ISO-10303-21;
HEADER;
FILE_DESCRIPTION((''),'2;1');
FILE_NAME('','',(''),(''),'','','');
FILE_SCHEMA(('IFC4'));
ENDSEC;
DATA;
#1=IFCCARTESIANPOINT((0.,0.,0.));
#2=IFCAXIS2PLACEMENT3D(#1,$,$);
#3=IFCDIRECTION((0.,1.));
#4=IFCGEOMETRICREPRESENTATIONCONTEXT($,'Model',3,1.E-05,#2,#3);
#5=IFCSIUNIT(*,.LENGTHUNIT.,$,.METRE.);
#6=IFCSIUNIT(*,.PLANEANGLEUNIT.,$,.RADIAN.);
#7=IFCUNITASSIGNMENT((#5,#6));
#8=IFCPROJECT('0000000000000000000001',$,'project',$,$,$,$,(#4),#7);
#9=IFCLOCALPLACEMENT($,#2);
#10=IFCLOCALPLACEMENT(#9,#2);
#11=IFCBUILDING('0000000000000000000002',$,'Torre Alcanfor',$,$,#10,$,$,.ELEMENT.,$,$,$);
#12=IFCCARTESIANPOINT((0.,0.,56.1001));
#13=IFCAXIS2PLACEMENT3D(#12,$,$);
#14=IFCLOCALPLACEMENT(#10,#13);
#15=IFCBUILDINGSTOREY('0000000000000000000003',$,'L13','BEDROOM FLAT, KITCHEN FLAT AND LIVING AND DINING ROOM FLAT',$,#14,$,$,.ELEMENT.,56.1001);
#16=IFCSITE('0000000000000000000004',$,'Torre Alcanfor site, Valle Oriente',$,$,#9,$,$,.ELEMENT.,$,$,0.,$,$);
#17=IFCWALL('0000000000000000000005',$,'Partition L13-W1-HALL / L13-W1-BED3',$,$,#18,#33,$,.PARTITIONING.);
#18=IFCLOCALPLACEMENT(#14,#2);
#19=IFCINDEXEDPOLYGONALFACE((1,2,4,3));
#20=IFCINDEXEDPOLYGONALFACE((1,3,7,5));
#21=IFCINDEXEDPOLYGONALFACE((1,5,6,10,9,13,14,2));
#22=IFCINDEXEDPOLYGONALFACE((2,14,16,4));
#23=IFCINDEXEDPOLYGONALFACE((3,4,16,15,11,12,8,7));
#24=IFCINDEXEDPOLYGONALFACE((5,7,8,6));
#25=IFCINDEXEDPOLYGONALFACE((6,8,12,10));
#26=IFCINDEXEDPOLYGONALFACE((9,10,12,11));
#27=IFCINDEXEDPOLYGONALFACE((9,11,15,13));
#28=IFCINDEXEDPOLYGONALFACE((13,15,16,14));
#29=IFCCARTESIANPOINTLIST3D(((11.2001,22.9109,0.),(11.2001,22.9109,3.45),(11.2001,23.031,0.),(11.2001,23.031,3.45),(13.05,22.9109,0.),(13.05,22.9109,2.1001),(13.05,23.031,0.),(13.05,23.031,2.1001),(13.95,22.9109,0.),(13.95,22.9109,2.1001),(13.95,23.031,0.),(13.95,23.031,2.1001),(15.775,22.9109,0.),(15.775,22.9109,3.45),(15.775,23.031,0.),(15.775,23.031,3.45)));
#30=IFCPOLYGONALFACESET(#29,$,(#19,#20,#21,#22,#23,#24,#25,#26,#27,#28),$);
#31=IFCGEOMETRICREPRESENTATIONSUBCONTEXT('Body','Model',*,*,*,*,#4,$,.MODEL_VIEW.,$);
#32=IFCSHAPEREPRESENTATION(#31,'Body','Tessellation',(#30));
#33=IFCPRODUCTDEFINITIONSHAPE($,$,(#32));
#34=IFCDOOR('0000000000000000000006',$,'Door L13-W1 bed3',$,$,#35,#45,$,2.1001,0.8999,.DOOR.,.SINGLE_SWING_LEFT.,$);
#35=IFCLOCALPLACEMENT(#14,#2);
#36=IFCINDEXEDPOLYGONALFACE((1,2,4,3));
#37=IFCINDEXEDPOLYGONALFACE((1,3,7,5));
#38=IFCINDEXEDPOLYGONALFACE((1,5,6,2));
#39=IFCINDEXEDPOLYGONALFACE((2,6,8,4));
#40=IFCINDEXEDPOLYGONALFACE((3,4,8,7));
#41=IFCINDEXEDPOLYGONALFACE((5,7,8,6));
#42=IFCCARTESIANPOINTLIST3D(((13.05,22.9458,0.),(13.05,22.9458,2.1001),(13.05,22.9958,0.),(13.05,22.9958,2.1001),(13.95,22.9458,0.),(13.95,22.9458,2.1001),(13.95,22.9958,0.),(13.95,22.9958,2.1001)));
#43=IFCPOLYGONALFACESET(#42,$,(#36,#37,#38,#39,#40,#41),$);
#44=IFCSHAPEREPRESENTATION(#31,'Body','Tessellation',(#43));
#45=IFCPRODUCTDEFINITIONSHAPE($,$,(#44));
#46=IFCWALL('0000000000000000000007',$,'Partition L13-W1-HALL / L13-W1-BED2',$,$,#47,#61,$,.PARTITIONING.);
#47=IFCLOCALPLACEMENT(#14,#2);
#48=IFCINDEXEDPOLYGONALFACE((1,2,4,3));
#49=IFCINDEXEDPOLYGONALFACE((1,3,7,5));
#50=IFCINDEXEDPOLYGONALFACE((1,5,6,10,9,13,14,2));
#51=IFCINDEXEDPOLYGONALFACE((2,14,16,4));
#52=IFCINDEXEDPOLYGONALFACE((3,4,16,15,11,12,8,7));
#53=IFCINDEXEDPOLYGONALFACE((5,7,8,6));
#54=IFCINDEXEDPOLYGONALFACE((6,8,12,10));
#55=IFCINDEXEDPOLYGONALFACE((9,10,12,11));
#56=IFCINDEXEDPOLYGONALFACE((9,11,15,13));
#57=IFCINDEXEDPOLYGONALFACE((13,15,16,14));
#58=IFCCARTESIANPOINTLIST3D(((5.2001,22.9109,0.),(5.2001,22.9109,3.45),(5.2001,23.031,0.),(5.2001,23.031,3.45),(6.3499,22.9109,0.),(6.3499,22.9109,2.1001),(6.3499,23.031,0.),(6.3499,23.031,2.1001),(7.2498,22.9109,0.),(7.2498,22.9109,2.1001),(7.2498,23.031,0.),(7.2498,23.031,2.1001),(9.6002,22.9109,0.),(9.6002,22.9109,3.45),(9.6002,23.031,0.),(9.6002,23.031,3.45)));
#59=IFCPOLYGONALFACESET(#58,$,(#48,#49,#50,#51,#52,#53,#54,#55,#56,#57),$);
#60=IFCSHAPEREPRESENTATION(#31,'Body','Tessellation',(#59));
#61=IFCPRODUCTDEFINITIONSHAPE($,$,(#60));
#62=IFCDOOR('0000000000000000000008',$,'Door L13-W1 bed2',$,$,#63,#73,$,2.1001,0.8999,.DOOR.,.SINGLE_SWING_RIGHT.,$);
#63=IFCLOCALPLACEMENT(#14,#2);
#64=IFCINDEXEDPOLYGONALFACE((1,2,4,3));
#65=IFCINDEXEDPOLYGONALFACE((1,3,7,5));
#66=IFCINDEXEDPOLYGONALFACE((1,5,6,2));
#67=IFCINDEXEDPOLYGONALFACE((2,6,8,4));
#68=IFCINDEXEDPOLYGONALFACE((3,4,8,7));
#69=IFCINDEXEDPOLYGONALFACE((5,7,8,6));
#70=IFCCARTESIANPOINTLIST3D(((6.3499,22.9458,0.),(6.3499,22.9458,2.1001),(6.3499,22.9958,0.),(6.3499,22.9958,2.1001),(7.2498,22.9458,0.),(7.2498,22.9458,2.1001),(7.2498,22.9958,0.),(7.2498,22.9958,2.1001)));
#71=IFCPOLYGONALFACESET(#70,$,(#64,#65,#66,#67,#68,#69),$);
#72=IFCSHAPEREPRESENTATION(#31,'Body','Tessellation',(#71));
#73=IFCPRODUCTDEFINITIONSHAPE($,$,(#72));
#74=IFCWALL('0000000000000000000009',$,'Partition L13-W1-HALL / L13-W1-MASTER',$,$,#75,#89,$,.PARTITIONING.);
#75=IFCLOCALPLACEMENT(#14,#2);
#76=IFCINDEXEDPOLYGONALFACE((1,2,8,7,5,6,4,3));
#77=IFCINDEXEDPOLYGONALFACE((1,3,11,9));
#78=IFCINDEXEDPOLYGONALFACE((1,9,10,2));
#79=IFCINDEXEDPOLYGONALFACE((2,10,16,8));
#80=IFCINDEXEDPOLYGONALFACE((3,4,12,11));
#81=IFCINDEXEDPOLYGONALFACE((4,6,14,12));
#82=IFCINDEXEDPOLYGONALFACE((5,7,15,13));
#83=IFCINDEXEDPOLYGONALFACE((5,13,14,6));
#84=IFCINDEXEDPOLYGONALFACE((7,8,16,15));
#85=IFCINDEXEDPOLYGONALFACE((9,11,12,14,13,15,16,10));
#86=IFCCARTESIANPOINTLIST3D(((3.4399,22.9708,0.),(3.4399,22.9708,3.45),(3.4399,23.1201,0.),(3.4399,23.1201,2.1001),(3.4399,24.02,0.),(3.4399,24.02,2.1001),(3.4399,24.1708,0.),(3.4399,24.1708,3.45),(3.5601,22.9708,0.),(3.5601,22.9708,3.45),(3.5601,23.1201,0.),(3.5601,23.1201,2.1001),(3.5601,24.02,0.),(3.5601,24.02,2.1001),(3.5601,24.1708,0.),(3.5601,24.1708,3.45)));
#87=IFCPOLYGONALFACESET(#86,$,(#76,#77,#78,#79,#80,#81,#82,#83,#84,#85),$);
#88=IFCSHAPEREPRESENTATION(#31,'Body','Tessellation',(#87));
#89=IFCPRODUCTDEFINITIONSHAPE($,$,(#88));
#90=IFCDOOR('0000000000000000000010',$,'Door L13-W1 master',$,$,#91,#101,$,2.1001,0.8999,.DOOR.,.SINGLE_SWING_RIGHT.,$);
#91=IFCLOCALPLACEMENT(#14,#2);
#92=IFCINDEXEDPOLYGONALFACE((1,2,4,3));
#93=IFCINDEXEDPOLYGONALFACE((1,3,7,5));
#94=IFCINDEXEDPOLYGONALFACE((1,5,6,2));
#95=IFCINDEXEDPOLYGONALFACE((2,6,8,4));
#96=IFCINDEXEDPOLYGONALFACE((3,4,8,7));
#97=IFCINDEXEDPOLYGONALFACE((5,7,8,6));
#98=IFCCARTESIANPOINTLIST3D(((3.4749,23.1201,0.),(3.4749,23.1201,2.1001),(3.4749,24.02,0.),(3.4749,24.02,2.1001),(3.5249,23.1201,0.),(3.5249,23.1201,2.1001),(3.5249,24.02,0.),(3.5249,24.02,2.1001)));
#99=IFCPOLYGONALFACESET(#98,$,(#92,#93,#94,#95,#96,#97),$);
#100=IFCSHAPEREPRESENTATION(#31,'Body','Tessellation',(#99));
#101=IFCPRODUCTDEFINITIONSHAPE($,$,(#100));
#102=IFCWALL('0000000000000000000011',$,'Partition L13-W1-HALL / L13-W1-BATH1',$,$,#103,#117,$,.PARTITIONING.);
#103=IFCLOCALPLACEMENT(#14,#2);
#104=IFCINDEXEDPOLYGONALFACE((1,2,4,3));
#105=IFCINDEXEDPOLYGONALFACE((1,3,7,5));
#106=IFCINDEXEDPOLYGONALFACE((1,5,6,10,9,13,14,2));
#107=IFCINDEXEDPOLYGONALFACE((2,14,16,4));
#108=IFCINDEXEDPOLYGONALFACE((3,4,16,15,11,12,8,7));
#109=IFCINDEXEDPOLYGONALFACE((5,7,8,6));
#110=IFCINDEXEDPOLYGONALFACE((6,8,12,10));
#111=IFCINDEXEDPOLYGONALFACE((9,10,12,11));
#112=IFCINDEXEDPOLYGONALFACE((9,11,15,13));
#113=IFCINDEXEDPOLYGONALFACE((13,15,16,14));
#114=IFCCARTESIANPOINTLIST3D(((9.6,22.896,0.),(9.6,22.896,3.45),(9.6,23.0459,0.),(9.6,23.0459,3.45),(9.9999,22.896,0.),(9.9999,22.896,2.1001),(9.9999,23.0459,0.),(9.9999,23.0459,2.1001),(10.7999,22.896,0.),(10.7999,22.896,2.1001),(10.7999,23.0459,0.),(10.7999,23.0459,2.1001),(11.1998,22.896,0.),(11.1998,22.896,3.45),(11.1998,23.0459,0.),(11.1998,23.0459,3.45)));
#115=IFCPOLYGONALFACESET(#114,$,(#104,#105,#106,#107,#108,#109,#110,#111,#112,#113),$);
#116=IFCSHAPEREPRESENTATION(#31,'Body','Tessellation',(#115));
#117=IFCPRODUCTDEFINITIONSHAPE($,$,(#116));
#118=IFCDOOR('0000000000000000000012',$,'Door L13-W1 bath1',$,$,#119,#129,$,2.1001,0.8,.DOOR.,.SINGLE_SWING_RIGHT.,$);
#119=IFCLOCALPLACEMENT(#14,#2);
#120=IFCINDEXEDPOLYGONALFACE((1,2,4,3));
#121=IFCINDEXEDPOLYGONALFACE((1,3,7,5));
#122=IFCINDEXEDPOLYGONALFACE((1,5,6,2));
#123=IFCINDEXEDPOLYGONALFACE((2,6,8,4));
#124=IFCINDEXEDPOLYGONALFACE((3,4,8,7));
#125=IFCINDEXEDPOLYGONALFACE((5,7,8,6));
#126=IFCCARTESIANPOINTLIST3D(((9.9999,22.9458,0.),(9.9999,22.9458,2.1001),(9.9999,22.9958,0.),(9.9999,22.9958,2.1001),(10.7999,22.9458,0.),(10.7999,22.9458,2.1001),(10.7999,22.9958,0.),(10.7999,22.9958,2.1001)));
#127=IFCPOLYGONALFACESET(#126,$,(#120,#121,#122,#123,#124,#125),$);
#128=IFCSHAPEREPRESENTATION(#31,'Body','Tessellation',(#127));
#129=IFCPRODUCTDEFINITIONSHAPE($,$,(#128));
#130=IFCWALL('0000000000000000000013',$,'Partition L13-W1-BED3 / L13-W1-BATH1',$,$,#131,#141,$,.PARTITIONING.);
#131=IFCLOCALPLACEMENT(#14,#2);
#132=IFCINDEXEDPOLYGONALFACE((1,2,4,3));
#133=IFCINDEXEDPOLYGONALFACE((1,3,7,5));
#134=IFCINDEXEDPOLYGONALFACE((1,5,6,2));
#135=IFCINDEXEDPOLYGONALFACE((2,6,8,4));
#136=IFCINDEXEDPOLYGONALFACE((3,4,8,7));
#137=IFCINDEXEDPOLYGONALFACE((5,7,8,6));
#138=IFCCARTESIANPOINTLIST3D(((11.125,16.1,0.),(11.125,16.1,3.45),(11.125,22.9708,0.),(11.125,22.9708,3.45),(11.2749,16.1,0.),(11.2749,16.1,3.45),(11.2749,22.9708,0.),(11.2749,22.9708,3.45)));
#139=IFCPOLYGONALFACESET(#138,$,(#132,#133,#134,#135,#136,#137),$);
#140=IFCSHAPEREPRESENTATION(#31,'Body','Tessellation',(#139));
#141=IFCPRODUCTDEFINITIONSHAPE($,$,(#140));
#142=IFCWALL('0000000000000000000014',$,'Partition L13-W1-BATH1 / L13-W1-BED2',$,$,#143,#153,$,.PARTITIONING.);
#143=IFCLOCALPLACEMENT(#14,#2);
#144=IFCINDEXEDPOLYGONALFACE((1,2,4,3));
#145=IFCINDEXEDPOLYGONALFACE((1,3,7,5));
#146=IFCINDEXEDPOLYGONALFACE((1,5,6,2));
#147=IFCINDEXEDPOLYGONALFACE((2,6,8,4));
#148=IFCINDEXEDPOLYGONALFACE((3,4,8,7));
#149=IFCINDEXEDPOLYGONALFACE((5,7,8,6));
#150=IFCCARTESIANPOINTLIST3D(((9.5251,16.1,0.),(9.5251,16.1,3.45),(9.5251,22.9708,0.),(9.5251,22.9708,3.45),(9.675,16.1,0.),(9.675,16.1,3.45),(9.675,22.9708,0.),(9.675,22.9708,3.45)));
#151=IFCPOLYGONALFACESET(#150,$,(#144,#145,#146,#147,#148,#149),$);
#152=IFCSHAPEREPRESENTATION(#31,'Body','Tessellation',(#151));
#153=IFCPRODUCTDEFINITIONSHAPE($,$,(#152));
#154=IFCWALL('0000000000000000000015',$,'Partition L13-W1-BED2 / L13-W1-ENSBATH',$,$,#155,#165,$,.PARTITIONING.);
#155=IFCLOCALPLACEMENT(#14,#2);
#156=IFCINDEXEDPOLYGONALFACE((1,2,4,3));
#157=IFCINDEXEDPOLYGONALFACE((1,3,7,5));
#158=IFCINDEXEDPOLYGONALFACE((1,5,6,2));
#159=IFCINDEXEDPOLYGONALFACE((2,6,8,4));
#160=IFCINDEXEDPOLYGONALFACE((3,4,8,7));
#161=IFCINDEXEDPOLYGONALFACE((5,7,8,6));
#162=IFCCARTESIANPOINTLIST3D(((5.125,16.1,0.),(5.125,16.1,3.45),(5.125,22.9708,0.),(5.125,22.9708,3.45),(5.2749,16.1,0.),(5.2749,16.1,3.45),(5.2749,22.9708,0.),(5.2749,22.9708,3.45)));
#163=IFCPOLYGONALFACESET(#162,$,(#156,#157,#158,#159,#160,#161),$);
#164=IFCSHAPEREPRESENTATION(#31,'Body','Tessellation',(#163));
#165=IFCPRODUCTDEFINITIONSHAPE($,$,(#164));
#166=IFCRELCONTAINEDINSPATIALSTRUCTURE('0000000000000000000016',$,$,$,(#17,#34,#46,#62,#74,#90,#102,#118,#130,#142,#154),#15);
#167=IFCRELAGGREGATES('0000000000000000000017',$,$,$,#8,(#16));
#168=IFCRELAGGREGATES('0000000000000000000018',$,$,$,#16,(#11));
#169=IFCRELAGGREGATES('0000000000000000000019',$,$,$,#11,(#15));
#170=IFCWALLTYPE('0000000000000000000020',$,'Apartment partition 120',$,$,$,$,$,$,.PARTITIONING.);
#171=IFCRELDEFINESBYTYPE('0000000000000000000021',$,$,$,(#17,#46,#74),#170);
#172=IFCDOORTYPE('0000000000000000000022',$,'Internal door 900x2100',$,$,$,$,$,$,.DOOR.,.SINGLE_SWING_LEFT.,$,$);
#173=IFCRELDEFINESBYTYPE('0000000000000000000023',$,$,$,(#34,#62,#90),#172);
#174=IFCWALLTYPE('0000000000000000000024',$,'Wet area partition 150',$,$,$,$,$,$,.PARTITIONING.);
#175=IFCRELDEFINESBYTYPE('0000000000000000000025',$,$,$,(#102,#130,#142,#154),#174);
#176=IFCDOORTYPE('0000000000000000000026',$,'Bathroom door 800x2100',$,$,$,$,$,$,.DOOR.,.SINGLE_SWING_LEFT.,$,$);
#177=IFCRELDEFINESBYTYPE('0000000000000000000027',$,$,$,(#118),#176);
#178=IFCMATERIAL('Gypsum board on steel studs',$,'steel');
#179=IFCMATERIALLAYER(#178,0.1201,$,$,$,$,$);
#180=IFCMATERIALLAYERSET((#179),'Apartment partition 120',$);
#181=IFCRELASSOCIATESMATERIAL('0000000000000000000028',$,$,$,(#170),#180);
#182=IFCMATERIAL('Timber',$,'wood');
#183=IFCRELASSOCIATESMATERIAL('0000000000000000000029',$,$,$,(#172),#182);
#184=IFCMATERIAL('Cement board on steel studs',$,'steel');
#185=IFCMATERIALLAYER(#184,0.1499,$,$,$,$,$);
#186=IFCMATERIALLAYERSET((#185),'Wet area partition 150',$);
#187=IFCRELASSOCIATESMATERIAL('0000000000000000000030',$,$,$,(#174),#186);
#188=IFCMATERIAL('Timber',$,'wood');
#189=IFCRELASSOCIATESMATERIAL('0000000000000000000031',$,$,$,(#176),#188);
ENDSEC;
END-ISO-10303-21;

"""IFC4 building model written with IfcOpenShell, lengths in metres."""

from ifc_helpers import new_model, si_unit, direction, frame, frame_2d, origin, place, context, subcontext, project, spatial, rectangle, extrude, material, layer, layer_set, type_object, element, fill, save


model = new_model("IFC4")

# Units and contexts
model_context = context("Model", 3, precision=1e-05, world=origin(), true_north=direction((0.0, 1.0)))
body_context = subcontext(model_context, "Body", "Model", "MODEL_VIEW")
ifc_project = project(units=[si_unit("LENGTHUNIT", "METRE"), si_unit("PLANEANGLEUNIT", "RADIAN")], contexts=[model_context])

# Site, building, storey
site_placement = place(None, origin())
site = spatial("IfcSite", under=ifc_project, at=site_placement, Name="Torre Alcanfor site, Valle Oriente", CompositionType="ELEMENT", RefElevation=0.0)
building_placement = place(site_placement, origin())
building = spatial("IfcBuilding", under=site, at=building_placement, Name="Torre Alcanfor", CompositionType="ELEMENT")
storey_placement = place(building_placement, frame((0.0, 0.0, 56.1001)))
storey = spatial("IfcBuildingStorey", under=building, at=storey_placement, Name="L13", Description="BEDROOM FLAT, KITCHEN FLAT AND LIVING AND DINING ROOM FLAT", CompositionType="ELEMENT", Elevation=56.1001)

# Shared definitions
ifc_material_1 = material(Name="Gypsum board on steel studs", Category="steel")
ifc_layer_1 = layer(ifc_material_1, 0.1201)
ifc_layer_set_1 = layer_set([ifc_layer_1], Name="Apartment partition 120")
wall_type_1 = type_object("IfcWallType", Name="Apartment partition 120", PredefinedType="PARTITIONING", material=ifc_layer_set_1)

# Walls, openings, doors
wall_1_placement = place(storey_placement, frame((11.2, 22.9709, 0.0), z_axis=(0.0, 0.0, 1.0), x_axis=(1.0, 0.0, 0.0)))
wall_1 = element("IfcWall", 1, at=wall_1_placement, inside=storey, type_object=wall_type_1, Name="Partition L13-W1-HALL / L13-W1-BED3", PredefinedType="PARTITIONING", context=body_context, shape_type="SweptSolid", body=[
    extrude(rectangle(XDim=4.575, YDim=0.1201, at=frame_2d((2.2876, 0.0))), origin(), (0.0, 0.0, 1.0), 3.45),
])
opening_1_placement = place(wall_1_placement, frame((1.8501, 0.0, 0.0)))
opening_1 = element("IfcOpeningElement", 2, at=opening_1_placement, cuts=wall_1, PredefinedType="OPENING", context=body_context, shape_type="SweptSolid", body=[
    extrude(rectangle(XDim=0.8999, YDim=2.1001, at=frame_2d((0.45, 1.05))), frame((0.0, 0.0701, 0.0), z_axis=(0.0, -1.0, 0.0), x_axis=(1.0, 0.0, 0.0)), (0.0, 0.0, 1.0), 0.1401),
])
ifc_material_2 = material(Name="Timber", Category="wood")
door_type_1 = type_object("IfcDoorType", Name="Internal door 900x2100", OperationType="SINGLE_SWING_LEFT", PredefinedType="DOOR", material=ifc_material_2)
door_1_placement = place(opening_1_placement, frame((0.8999, 0.0, 0.0), z_axis=(0.0, 0.0, 1.0), x_axis=(-1.0, 0.0, 0.0)))
door_1 = element("IfcDoor", 3, at=door_1_placement, inside=storey, type_object=door_type_1, Name="Door L13-W1 bed3", OperationType="SINGLE_SWING_LEFT", OverallHeight=2.1001, OverallWidth=0.8999, PredefinedType="DOOR", context=body_context, shape_type="SweptSolid", body=[
    extrude(rectangle(XDim=0.8999, YDim=2.1001, at=frame_2d((0.45, 1.05))), frame((0.0, 0.0251, 0.0), z_axis=(0.0, -1.0, 0.0), x_axis=(1.0, 0.0, 0.0)), (0.0, 0.0, 1.0), 0.05),
])
fill(opening_1, door_1)
wall_2_placement = place(storey_placement, frame((5.2, 22.9709, 0.0), z_axis=(0.0, 0.0, 1.0), x_axis=(1.0, 0.0, 0.0)))
wall_2 = element("IfcWall", 4, at=wall_2_placement, inside=storey, type_object=wall_type_1, Name="Partition L13-W1-HALL / L13-W1-BED2", PredefinedType="PARTITIONING", context=body_context, shape_type="SweptSolid", body=[
    extrude(rectangle(XDim=4.4001, YDim=0.1201, at=frame_2d((2.2002, 0.0))), origin(), (0.0, 0.0, 1.0), 3.45),
])
opening_2_placement = place(wall_2_placement, frame((1.1499, 0.0, 0.0)))
opening_2 = element("IfcOpeningElement", 5, at=opening_2_placement, cuts=wall_2, PredefinedType="OPENING", context=body_context, shape_type="SweptSolid", body=[
    extrude(rectangle(XDim=0.8999, YDim=2.1001, at=frame_2d((0.45, 1.05))), frame((0.0, 0.0701, 0.0), z_axis=(0.0, -1.0, 0.0), x_axis=(1.0, 0.0, 0.0)), (0.0, 0.0, 1.0), 0.1401),
])
door_2_placement = place(opening_2_placement, frame((0.8999, 0.0, 0.0), z_axis=(0.0, 0.0, 1.0), x_axis=(-1.0, 0.0, 0.0)))
door_2 = element("IfcDoor", 6, at=door_2_placement, inside=storey, type_object=door_type_1, Name="Door L13-W1 bed2", OperationType="SINGLE_SWING_RIGHT", OverallHeight=2.1001, OverallWidth=0.8999, PredefinedType="DOOR", context=body_context, shape_type="SweptSolid", body=[
    extrude(rectangle(XDim=0.8999, YDim=2.1001, at=frame_2d((0.45, 1.05))), frame((0.0, 0.0251, 0.0), z_axis=(0.0, -1.0, 0.0), x_axis=(1.0, 0.0, 0.0)), (0.0, 0.0, 1.0), 0.05),
])
fill(opening_2, door_2)
wall_3_placement = place(storey_placement, frame((3.5, 24.1709, 0.0), z_axis=(0.0, 0.0, 1.0), x_axis=(0.0, -1.0, 0.0)))
wall_3 = element("IfcWall", 7, at=wall_3_placement, inside=storey, type_object=wall_type_1, Name="Partition L13-W1-HALL / L13-W1-MASTER", PredefinedType="PARTITIONING", context=body_context, shape_type="SweptSolid", body=[
    extrude(rectangle(XDim=1.2, YDim=0.1201, at=frame_2d((0.6001, 0.0))), origin(), (0.0, 0.0, 1.0), 3.45),
])
opening_3_placement = place(wall_3_placement, frame((0.1509, 0.0, 0.0)))
opening_3 = element("IfcOpeningElement", 8, at=opening_3_placement, cuts=wall_3, PredefinedType="OPENING", context=body_context, shape_type="SweptSolid", body=[
    extrude(rectangle(XDim=0.8999, YDim=2.1001, at=frame_2d((0.45, 1.05))), frame((0.0, 0.0701, 0.0), z_axis=(0.0, -1.0, 0.0), x_axis=(1.0, 0.0, 0.0)), (0.0, 0.0, 1.0), 0.1401),
])
door_3_placement = place(opening_3_placement, frame((0.8999, 0.0, 0.0), z_axis=(0.0, 0.0, 1.0), x_axis=(-1.0, 0.0, 0.0)))
door_3 = element("IfcDoor", 9, at=door_3_placement, inside=storey, type_object=door_type_1, Name="Door L13-W1 master", OperationType="SINGLE_SWING_RIGHT", OverallHeight=2.1001, OverallWidth=0.8999, PredefinedType="DOOR", context=body_context, shape_type="SweptSolid", body=[
    extrude(rectangle(XDim=0.8999, YDim=2.1001, at=frame_2d((0.45, 1.05))), frame((0.0, 0.0251, 0.0), z_axis=(0.0, -1.0, 0.0), x_axis=(1.0, 0.0, 0.0)), (0.0, 0.0, 1.0), 0.05),
])
fill(opening_3, door_3)
ifc_material_3 = material(Name="Cement board on steel studs", Category="steel")
ifc_layer_2 = layer(ifc_material_3, 0.1499)
ifc_layer_set_2 = layer_set([ifc_layer_2], Name="Wet area partition 150")
wall_type_2 = type_object("IfcWallType", Name="Wet area partition 150", PredefinedType="PARTITIONING", material=ifc_layer_set_2)
wall_4_placement = place(storey_placement, frame((9.6001, 22.9709, 0.0), z_axis=(0.0, 0.0, 1.0), x_axis=(1.0, 0.0, 0.0)))
wall_4 = element("IfcWall", 10, at=wall_4_placement, inside=storey, type_object=wall_type_2, Name="Partition L13-W1-HALL / L13-W1-BATH1", PredefinedType="PARTITIONING", context=body_context, shape_type="SweptSolid", body=[
    extrude(rectangle(XDim=1.5999, YDim=0.1499, at=frame_2d((0.7998, 0.0))), origin(), (0.0, 0.0, 1.0), 3.45),
])
opening_4_placement = place(wall_4_placement, frame((0.3999, 0.0, 0.0)))
opening_4 = element("IfcOpeningElement", 11, at=opening_4_placement, cuts=wall_4, PredefinedType="OPENING", context=body_context, shape_type="SweptSolid", body=[
    extrude(rectangle(XDim=0.8, YDim=2.1001, at=frame_2d((0.3999, 1.05))), frame((0.0, 0.085, 0.0), z_axis=(0.0, -1.0, 0.0), x_axis=(1.0, 0.0, 0.0)), (0.0, 0.0, 1.0), 0.1699),
])
ifc_material_4 = material(Name="Timber", Category="wood")
door_type_2 = type_object("IfcDoorType", Name="Bathroom door 800x2100", OperationType="SINGLE_SWING_LEFT", PredefinedType="DOOR", material=ifc_material_4)
door_4_placement = place(opening_4_placement, frame((0.8, 0.0, 0.0), z_axis=(0.0, 0.0, 1.0), x_axis=(-1.0, 0.0, 0.0)))
door_4 = element("IfcDoor", 12, at=door_4_placement, inside=storey, type_object=door_type_2, Name="Door L13-W1 bath1", OperationType="SINGLE_SWING_RIGHT", OverallHeight=2.1001, OverallWidth=0.8, PredefinedType="DOOR", context=body_context, shape_type="SweptSolid", body=[
    extrude(rectangle(XDim=0.8, YDim=2.1001, at=frame_2d((0.4001, 1.05))), frame((0.0, 0.0251, 0.0), z_axis=(0.0, -1.0, 0.0), x_axis=(1.0, 0.0, 0.0)), (0.0, 0.0, 1.0), 0.05),
])
fill(opening_4, door_4)

# Walls
for number, where, z_axis, x_axis, name in (
    (13, (11.2, 22.9709, 0.0), (0.0, 0.0, 1.0), (0.0, -1.0, 0.0), "Partition L13-W1-BED3 / L13-W1-BATH1"),
    (14, (9.6001, 22.9709, 0.0), (0.0, 0.0, 1.0), (0.0, -1.0, 0.0), "Partition L13-W1-BATH1 / L13-W1-BED2"),
    (15, (5.2, 22.9709, 0.0), (0.0, 0.0, 1.0), (0.0, -1.0, 0.0), "Partition L13-W1-BED2 / L13-W1-ENSBATH"),
):
    element("IfcWall", number, at=place(storey_placement, frame(where, z_axis=z_axis, x_axis=x_axis)), inside=storey, type_object=wall_type_2, Name=name, PredefinedType="PARTITIONING", context=body_context, shape_type="SweptSolid", body=[
        extrude(rectangle(XDim=6.8708, YDim=0.1499, at=frame_2d((3.4355, 0.0))), origin(), (0.0, 0.0, 1.0), 3.45),
    ])

save(model, "model.ifc")
